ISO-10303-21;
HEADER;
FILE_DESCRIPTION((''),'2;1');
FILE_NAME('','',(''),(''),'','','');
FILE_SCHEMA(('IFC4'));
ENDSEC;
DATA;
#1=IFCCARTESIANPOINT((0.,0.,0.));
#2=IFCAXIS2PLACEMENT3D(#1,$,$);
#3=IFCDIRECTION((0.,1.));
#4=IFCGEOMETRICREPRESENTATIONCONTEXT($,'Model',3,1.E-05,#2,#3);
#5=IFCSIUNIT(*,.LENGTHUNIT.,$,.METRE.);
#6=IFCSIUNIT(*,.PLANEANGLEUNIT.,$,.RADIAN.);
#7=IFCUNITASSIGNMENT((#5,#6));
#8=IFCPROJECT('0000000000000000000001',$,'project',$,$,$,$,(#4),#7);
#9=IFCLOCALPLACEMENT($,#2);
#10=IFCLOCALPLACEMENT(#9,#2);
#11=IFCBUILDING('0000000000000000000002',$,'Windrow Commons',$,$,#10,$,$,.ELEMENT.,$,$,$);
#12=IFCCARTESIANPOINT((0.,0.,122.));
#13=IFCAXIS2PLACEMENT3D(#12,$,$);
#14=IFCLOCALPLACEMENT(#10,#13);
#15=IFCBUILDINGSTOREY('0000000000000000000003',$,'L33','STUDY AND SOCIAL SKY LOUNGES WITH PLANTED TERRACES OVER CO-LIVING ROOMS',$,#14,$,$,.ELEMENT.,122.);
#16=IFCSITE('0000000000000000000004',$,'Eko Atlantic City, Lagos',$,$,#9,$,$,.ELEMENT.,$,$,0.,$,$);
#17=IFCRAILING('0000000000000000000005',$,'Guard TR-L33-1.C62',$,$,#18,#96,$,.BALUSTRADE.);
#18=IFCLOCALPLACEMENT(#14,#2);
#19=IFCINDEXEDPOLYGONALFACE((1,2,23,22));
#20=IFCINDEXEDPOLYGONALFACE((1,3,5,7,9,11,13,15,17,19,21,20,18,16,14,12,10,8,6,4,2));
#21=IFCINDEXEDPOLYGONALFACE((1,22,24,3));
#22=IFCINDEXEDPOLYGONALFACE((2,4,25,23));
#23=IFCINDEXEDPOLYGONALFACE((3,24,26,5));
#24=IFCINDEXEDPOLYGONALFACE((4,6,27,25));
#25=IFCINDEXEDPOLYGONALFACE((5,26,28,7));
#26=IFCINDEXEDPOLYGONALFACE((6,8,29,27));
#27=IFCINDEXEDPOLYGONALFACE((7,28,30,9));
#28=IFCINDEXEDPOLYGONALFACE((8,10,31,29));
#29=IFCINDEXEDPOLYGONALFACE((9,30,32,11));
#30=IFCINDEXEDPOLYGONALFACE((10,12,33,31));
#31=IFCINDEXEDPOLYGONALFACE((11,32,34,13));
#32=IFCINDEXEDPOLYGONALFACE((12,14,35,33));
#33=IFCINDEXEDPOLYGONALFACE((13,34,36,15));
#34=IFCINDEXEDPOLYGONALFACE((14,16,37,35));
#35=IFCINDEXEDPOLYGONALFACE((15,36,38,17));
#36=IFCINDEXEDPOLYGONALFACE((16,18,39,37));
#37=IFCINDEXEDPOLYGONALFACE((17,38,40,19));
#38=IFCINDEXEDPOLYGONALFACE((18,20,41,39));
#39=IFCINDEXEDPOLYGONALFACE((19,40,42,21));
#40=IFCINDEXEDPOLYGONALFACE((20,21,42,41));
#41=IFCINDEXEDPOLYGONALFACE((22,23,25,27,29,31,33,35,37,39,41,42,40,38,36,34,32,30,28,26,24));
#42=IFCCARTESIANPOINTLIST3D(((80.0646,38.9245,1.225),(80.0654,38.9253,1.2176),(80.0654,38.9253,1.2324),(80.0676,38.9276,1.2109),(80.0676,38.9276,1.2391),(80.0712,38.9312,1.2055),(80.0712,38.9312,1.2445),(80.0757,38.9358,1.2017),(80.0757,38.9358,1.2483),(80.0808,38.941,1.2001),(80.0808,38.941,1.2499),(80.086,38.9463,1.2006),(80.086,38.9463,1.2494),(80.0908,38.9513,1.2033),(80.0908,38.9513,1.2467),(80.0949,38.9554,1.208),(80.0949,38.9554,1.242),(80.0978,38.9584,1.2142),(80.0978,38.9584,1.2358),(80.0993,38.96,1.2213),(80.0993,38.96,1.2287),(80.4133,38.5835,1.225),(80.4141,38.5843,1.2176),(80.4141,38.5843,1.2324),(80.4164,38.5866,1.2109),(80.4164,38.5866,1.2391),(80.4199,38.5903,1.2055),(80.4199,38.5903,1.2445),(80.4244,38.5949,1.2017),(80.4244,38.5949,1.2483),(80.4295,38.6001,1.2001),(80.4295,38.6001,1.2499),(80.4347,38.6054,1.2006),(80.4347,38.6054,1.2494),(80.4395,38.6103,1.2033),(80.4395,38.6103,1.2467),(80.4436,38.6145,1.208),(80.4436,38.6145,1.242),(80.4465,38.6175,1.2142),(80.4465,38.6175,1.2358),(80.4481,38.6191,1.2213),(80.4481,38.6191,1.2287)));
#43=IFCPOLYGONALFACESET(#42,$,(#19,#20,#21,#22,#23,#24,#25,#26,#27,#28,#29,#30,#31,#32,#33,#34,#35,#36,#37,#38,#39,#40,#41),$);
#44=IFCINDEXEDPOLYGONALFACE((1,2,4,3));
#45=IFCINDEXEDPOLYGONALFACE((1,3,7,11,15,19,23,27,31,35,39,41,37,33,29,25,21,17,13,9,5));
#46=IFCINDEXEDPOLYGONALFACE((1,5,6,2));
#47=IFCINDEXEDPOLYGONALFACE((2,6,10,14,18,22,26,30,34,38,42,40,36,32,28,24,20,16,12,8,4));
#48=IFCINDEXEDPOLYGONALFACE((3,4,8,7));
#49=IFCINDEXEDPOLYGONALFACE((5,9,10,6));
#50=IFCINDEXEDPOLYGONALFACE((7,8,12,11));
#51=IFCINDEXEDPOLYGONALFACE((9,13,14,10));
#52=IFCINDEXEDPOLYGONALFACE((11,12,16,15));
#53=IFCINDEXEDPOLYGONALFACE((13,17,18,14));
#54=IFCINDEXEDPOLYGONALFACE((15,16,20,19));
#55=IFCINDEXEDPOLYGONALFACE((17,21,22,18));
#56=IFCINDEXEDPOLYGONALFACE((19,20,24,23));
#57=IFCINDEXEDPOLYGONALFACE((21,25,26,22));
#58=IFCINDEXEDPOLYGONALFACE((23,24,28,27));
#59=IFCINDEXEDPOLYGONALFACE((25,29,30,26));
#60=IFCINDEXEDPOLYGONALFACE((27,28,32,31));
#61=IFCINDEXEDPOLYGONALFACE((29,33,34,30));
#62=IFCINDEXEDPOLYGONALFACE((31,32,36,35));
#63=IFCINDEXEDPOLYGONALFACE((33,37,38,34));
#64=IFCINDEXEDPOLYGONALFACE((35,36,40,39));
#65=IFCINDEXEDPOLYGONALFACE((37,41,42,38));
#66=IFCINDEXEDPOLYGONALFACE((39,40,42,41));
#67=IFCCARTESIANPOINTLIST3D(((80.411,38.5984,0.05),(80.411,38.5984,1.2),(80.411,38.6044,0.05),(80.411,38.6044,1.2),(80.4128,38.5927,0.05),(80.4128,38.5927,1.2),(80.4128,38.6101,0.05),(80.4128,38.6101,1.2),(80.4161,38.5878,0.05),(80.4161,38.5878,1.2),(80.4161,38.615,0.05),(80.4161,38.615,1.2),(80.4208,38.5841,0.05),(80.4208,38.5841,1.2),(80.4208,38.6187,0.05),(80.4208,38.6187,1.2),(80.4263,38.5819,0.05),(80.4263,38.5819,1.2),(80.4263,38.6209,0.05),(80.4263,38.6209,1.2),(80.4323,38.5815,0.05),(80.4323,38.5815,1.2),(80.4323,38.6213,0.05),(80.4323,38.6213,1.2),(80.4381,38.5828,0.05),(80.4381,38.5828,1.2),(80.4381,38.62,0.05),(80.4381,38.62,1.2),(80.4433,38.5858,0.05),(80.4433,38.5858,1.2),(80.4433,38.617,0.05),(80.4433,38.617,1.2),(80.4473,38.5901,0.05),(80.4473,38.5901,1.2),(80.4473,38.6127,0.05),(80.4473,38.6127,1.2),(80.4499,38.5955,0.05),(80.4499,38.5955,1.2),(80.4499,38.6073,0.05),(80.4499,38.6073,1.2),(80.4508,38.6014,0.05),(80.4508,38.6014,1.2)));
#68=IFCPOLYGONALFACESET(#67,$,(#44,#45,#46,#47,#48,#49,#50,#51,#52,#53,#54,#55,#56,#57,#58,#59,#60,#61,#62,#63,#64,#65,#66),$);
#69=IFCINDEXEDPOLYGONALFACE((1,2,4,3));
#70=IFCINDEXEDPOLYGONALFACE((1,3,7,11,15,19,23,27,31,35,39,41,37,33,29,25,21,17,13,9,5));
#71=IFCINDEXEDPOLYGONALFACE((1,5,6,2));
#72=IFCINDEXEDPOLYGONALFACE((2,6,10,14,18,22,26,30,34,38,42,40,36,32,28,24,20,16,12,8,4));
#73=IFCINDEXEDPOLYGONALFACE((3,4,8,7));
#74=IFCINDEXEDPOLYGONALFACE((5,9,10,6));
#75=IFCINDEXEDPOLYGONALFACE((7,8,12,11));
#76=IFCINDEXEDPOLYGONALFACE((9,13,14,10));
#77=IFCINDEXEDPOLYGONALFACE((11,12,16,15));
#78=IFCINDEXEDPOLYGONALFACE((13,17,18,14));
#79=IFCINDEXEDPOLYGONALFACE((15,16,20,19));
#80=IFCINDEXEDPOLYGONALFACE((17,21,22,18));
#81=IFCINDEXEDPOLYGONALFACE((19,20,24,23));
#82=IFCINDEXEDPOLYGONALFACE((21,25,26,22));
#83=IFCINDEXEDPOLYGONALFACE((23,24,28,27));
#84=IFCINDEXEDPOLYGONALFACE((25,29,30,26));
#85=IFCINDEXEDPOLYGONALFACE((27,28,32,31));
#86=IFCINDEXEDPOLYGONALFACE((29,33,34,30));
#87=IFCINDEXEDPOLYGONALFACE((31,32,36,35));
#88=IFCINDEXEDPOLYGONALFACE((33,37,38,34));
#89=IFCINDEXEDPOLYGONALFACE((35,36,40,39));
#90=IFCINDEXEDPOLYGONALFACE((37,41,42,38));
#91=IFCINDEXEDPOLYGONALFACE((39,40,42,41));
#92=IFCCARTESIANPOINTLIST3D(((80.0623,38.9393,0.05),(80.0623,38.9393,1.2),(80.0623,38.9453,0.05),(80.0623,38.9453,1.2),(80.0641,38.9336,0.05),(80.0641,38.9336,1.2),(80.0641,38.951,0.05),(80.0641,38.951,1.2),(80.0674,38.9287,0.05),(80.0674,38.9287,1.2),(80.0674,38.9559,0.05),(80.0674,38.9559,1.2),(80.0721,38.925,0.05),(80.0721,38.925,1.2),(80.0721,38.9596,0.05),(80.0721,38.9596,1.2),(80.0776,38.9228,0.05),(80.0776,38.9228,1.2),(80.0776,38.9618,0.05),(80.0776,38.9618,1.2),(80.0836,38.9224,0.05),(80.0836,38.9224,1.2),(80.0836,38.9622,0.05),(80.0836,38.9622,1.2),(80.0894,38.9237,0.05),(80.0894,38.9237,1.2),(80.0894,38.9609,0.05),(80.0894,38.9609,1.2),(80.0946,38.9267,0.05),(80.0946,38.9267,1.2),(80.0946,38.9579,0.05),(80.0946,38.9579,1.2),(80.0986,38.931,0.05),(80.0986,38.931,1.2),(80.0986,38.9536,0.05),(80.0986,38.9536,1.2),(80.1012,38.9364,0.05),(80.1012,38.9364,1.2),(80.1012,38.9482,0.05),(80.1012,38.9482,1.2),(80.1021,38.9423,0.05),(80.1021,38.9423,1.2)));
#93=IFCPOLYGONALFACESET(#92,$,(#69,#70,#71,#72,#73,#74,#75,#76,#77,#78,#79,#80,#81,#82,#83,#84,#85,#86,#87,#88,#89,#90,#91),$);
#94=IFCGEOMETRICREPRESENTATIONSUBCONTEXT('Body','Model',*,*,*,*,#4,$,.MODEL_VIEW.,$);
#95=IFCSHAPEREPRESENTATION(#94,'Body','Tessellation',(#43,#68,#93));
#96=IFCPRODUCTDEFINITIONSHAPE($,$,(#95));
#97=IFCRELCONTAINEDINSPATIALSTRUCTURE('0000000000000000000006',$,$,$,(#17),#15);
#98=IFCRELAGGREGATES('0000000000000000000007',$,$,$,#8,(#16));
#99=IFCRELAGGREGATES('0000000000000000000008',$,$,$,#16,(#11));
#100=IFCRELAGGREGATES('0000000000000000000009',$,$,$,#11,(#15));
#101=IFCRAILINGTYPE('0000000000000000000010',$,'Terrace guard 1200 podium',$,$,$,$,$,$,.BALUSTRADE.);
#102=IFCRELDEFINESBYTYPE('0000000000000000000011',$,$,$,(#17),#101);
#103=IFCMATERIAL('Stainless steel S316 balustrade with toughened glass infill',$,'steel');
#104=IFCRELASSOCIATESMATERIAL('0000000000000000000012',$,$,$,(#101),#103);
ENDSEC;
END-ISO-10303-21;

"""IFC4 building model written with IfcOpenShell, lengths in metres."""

from ifc_helpers import new_model, si_unit, direction, frame, origin, origin_2d, place, context, subcontext, project, spatial, circle, extrude, material, type_object, element, save


model = new_model("IFC4")

# Units and contexts
model_context = context("Model", 3, precision=1e-05, world=origin(), true_north=direction((0.0, 1.0)))
body_context = subcontext(model_context, "Body", "Model", "MODEL_VIEW")
ifc_project = project(units=[si_unit("LENGTHUNIT", "METRE"), si_unit("PLANEANGLEUNIT", "RADIAN")], contexts=[model_context])

# Site, building, storey
site_placement = place(None, origin())
site = spatial("IfcSite", under=ifc_project, at=site_placement, Name="Eko Atlantic City, Lagos", CompositionType="ELEMENT", RefElevation=0.0)
building_placement = place(site_placement, origin())
building = spatial("IfcBuilding", under=site, at=building_placement, Name="Windrow Commons", CompositionType="ELEMENT")
storey_placement = place(building_placement, frame((0.0, 0.0, 122.0)))
storey = spatial("IfcBuildingStorey", under=building, at=storey_placement, Name="L33", Description="STUDY AND SOCIAL SKY LOUNGES WITH PLANTED TERRACES OVER CO-LIVING ROOMS", CompositionType="ELEMENT", Elevation=122.0)

# Railing
ifc_material_1 = material(Name="Stainless steel S316 balustrade with toughened glass infill", Category="steel")
railing_type = type_object("IfcRailingType", Name="Terrace guard 1200 podium", PredefinedType="BALUSTRADE", material=ifc_material_1)
railing_1_placement = place(storey_placement, frame((80.4308, 38.6014, 0.05)))
element("IfcRailing", 1, at=railing_1_placement, inside=storey, type_object=railing_type, Name="Guard TR-L33-1.C62", PredefinedType="BALUSTRADE", context=body_context, shape_type="SweptSolid", body=[
    extrude(circle(Radius=0.025, at=origin_2d()), frame((0.0, 0.0, 1.175), z_axis=(-0.715059, 0.699064, 0.0), x_axis=(-0.699064, -0.715059, 0.0)), (0.0, 0.0, 1.0), 0.4877),
    extrude(circle(Radius=0.02, at=origin_2d()), origin(), (0.0, 0.0, 1.0), 1.15),
    extrude(circle(Radius=0.02, at=origin_2d()), frame((-0.3487, 0.3409, 0.0)), (0.0, 0.0, 1.0), 1.15),
])

save(model, "model.ifc")
